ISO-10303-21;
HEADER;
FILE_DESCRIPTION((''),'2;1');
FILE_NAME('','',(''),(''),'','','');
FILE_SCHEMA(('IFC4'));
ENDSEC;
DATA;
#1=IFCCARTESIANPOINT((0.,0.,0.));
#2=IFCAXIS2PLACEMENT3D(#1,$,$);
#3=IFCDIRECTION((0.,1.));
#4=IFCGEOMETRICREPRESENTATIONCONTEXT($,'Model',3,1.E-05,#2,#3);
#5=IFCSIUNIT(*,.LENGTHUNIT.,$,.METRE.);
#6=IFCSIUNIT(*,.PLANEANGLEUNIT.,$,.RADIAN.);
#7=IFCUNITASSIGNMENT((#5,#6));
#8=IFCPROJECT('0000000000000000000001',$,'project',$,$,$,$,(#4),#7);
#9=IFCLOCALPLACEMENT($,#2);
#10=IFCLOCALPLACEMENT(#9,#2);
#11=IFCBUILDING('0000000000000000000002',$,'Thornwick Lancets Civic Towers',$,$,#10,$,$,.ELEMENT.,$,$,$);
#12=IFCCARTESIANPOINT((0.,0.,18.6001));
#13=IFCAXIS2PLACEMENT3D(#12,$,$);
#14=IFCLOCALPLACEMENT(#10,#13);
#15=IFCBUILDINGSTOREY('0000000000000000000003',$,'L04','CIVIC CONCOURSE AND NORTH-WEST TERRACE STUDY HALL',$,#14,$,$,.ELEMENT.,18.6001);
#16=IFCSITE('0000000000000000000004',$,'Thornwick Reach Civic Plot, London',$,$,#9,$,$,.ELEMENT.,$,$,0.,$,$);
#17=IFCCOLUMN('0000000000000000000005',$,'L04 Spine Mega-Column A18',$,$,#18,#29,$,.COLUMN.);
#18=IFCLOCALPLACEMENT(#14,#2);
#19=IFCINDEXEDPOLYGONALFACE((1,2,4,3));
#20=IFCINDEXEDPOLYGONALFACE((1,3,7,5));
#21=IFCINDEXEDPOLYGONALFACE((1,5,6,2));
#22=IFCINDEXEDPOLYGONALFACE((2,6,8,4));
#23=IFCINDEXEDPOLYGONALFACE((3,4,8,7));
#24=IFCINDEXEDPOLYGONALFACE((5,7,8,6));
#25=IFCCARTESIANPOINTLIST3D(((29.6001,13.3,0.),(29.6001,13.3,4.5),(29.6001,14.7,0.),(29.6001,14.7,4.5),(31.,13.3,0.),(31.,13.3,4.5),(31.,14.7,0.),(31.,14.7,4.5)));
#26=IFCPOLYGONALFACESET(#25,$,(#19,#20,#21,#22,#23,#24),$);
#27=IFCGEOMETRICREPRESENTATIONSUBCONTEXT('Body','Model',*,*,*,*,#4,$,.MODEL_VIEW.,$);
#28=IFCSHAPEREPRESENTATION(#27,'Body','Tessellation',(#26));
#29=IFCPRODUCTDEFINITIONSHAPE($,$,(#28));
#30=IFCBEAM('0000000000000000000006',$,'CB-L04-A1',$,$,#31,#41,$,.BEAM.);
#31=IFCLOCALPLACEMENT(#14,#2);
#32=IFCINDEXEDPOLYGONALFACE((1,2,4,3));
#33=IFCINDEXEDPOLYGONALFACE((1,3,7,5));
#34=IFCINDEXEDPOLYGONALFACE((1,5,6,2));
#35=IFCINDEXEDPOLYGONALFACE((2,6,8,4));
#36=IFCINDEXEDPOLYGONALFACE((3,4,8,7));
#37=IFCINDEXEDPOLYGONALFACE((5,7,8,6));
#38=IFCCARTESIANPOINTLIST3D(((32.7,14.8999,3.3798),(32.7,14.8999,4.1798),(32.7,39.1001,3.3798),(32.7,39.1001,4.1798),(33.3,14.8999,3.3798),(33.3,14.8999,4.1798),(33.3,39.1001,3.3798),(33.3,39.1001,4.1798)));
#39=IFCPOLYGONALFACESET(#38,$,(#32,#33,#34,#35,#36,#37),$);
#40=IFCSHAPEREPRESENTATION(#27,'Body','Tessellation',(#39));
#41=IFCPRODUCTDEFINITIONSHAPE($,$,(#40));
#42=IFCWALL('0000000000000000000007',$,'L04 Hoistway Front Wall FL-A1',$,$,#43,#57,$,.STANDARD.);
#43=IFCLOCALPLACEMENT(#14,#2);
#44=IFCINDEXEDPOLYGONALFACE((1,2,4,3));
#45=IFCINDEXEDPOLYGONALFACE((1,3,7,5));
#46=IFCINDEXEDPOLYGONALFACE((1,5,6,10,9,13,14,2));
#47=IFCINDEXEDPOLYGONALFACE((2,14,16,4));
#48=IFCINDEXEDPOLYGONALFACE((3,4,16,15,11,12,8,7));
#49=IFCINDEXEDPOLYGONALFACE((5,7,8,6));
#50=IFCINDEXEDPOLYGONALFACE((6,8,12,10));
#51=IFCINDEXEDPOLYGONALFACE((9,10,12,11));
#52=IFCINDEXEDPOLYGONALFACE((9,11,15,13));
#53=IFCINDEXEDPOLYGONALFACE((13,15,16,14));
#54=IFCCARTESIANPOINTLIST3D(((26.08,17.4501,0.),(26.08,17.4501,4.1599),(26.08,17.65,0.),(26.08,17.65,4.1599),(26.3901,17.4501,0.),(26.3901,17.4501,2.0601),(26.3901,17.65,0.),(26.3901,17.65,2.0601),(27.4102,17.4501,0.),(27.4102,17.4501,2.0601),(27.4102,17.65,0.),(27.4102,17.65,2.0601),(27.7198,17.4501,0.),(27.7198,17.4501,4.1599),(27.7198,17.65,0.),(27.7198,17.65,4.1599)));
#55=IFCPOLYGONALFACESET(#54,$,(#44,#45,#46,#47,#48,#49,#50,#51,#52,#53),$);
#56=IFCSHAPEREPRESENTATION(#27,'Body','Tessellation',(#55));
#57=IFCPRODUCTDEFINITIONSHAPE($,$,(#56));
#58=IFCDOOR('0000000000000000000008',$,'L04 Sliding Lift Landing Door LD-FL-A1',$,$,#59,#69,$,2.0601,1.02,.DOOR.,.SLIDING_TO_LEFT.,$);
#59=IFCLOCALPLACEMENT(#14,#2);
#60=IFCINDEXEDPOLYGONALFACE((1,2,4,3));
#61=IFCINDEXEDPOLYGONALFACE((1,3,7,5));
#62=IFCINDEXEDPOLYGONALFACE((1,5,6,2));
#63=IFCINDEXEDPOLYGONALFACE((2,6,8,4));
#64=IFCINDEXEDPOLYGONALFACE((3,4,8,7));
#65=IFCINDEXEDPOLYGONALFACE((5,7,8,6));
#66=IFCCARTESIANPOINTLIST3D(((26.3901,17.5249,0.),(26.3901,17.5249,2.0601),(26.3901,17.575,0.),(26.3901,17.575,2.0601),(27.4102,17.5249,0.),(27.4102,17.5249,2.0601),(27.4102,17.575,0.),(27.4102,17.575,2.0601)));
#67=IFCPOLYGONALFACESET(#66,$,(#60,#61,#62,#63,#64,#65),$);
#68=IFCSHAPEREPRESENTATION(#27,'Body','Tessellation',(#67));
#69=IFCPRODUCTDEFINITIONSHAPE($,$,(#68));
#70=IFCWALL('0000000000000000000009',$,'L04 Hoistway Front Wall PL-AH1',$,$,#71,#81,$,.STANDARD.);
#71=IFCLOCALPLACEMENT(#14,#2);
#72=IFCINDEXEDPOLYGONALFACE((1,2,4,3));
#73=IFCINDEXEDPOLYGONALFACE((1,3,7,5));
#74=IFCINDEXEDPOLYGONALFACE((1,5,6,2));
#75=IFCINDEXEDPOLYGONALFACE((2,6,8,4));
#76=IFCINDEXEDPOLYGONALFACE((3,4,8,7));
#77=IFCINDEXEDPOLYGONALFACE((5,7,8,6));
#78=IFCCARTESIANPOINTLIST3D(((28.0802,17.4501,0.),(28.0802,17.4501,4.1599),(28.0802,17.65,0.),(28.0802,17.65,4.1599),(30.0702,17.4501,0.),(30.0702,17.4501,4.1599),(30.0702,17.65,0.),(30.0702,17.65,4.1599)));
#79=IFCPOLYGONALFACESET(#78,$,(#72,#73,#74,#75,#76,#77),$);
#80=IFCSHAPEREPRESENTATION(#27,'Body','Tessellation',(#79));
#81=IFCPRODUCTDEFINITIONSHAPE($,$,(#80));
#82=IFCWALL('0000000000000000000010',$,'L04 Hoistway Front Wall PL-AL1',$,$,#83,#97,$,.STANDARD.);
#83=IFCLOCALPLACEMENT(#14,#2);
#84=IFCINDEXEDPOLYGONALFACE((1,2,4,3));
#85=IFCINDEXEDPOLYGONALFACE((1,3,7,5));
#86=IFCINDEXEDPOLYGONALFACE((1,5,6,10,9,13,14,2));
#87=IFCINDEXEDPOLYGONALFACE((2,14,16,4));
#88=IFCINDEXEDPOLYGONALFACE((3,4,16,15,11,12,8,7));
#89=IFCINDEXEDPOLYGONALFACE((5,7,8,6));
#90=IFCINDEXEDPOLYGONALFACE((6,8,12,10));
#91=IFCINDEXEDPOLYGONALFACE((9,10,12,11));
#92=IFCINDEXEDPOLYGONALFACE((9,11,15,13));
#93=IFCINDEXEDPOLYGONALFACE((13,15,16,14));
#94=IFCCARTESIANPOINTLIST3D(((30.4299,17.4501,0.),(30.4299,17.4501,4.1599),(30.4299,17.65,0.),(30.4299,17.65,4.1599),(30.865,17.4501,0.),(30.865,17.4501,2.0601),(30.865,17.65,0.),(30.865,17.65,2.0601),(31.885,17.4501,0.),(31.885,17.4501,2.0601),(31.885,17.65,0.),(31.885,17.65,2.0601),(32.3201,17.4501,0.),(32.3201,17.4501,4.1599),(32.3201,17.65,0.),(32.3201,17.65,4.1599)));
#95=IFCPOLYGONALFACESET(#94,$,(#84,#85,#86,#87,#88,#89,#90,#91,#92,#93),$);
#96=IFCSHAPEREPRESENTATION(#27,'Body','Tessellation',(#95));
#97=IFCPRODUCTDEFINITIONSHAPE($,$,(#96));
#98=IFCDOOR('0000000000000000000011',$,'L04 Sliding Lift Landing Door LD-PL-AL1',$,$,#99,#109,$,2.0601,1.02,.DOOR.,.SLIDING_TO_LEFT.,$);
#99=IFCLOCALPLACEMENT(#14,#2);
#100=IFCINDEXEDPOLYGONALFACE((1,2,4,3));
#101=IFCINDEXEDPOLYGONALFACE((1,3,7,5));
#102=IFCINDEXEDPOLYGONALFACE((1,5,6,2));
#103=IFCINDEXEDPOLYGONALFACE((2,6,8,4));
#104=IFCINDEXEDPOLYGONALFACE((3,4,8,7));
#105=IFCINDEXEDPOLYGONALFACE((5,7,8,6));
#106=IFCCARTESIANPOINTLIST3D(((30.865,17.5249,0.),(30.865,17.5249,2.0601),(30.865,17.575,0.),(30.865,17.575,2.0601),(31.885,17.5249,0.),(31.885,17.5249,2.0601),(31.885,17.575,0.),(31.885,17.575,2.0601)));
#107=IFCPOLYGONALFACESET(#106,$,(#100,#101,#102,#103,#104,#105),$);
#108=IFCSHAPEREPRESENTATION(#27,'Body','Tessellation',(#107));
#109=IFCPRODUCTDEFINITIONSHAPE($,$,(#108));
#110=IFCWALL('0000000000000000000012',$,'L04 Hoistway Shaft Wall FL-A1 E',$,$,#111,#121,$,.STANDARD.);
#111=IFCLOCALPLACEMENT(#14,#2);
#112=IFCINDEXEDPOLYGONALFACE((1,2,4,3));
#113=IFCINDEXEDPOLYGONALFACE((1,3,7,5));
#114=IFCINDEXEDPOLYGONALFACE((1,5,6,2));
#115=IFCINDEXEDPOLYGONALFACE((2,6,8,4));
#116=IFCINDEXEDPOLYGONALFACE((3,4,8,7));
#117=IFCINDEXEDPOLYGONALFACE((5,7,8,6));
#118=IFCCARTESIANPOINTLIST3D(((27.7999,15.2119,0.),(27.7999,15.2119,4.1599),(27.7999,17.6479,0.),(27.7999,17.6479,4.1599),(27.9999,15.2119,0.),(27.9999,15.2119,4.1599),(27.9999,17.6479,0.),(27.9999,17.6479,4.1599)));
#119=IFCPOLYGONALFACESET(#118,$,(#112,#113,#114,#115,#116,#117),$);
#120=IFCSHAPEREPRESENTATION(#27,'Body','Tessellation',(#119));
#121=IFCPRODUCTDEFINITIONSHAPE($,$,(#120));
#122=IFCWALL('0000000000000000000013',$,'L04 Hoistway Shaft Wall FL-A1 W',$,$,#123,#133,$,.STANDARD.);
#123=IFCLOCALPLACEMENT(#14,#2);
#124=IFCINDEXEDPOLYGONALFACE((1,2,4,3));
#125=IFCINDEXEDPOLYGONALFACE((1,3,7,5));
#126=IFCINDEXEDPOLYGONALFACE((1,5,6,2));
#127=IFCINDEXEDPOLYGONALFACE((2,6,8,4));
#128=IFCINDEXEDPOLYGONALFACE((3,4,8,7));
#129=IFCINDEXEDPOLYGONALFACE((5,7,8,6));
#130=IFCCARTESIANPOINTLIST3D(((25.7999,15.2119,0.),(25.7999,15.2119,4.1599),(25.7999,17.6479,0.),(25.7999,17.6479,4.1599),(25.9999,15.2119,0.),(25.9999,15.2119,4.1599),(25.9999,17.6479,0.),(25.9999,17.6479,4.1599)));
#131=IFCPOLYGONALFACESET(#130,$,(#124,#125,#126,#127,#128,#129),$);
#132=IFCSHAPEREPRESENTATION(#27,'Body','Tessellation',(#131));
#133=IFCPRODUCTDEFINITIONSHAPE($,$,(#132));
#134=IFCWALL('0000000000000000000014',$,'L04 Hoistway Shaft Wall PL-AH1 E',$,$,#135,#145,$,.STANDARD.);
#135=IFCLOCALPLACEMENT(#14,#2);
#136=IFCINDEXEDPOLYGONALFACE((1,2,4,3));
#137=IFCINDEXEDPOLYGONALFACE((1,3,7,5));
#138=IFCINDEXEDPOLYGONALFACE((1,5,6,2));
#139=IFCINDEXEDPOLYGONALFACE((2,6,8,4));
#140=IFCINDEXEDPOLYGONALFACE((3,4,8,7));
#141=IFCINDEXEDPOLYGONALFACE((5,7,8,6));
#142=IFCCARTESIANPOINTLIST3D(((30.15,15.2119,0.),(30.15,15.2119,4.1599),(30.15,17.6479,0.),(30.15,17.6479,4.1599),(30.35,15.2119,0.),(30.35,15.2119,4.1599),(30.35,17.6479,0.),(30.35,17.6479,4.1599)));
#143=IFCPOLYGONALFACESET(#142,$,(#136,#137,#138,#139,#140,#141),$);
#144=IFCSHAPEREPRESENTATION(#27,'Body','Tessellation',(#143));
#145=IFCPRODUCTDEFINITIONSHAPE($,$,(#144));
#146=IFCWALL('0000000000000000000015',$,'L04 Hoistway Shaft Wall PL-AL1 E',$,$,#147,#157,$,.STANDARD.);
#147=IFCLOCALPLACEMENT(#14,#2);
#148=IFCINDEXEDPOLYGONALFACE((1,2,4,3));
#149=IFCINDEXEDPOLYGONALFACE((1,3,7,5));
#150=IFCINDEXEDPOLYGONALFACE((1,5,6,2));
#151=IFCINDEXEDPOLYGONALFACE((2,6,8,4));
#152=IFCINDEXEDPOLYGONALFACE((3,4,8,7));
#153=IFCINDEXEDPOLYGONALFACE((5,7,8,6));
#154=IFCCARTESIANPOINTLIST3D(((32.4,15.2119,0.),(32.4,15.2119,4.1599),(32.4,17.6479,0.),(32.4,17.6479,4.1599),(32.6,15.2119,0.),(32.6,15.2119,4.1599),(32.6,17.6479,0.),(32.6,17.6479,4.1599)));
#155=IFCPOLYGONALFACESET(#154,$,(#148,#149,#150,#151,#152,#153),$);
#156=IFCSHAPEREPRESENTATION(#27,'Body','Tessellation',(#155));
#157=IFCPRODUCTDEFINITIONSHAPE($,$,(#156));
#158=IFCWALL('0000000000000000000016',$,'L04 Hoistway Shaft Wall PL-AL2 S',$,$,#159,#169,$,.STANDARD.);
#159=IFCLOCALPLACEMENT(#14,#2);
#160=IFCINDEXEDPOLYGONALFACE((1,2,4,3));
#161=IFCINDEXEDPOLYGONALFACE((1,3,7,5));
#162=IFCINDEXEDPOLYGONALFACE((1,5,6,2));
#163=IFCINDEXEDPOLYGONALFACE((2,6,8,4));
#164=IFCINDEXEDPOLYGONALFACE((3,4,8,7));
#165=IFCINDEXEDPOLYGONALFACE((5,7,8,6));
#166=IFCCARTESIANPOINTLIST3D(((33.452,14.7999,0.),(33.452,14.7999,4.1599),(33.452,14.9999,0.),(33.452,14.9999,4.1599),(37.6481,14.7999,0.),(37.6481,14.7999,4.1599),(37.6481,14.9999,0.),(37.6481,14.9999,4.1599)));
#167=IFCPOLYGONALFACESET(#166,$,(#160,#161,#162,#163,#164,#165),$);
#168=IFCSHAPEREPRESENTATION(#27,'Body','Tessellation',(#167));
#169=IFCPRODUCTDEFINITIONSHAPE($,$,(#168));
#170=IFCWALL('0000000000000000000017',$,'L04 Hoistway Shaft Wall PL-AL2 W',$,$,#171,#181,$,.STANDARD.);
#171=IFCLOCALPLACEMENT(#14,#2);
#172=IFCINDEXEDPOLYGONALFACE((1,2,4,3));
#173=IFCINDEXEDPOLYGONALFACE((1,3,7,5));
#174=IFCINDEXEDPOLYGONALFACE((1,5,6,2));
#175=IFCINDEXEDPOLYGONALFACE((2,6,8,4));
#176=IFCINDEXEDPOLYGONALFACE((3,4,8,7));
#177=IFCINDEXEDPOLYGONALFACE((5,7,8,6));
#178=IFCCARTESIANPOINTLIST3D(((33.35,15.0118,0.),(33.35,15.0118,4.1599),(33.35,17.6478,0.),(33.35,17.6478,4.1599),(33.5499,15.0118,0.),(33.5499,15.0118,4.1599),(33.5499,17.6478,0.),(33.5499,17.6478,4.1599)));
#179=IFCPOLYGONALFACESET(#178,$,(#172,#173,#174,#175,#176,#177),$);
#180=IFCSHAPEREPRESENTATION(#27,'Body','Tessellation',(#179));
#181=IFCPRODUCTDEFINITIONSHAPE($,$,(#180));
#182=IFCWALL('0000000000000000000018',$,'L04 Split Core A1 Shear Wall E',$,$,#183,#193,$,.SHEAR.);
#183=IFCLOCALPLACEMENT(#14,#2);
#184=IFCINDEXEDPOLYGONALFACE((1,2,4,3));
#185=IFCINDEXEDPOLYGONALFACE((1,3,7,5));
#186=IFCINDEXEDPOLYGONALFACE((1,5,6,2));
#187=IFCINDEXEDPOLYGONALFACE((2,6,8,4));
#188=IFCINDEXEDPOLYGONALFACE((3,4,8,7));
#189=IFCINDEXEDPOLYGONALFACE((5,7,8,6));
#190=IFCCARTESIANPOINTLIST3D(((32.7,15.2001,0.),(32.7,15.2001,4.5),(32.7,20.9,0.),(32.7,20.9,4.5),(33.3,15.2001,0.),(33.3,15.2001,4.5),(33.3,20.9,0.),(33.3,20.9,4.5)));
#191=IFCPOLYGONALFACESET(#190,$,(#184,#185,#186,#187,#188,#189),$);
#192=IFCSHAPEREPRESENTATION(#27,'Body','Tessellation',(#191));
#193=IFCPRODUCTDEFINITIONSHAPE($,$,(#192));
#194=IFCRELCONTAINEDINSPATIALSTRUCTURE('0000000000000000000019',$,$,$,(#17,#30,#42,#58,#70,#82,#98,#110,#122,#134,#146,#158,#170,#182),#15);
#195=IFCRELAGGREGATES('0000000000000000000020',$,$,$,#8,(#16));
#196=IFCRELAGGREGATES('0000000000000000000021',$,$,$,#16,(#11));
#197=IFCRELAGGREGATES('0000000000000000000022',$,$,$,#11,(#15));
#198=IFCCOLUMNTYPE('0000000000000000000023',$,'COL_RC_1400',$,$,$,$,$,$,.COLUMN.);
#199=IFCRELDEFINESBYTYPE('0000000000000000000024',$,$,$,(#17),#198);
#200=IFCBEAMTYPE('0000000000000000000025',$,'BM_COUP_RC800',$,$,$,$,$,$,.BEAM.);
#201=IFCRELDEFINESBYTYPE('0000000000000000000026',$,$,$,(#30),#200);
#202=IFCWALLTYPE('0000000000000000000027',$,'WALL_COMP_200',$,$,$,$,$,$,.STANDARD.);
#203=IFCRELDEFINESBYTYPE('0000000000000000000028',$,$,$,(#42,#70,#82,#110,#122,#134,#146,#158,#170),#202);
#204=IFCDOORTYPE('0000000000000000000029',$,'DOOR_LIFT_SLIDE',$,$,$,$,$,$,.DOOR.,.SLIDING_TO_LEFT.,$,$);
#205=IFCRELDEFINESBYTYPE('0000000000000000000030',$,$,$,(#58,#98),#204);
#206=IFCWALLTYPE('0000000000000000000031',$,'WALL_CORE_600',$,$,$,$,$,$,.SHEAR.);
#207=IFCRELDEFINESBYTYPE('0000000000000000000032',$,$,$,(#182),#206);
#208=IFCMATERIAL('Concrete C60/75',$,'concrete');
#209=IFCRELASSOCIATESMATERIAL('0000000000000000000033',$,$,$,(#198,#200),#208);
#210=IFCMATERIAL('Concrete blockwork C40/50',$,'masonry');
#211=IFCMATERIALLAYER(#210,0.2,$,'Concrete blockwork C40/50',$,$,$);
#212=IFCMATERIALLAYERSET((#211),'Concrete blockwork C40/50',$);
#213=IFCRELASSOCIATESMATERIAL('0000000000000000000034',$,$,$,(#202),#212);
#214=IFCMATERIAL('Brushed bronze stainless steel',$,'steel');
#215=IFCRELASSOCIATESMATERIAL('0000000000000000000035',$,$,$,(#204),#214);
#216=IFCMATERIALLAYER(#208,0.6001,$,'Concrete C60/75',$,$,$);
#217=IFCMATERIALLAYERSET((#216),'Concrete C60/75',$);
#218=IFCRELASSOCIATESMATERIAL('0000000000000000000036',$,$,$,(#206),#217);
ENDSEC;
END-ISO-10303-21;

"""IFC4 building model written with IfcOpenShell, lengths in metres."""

from ifc_helpers import new_model, si_unit, direction, frame, frame_2d, origin, origin_2d, place, context, subcontext, project, spatial, rectangle, extrude, material, layer, layer_set, material_profile, profile_set, type_object, element, fill, save


model = new_model("IFC4")

# Units and contexts
model_context = context("Model", 3, precision=1e-05, world=origin(), true_north=direction((0.0, 1.0)))
body_context = subcontext(model_context, "Body", "Model", "MODEL_VIEW")
ifc_project = project(units=[si_unit("LENGTHUNIT", "METRE"), si_unit("PLANEANGLEUNIT", "RADIAN")], contexts=[model_context])

# Site, building, storey
site_placement = place(None, origin())
site = spatial("IfcSite", under=ifc_project, at=site_placement, Name="Thornwick Reach Civic Plot, London", CompositionType="ELEMENT", RefElevation=0.0)
building_placement = place(site_placement, origin())
building = spatial("IfcBuilding", under=site, at=building_placement, Name="Thornwick Lancets Civic Towers", CompositionType="ELEMENT")
storey_placement = place(building_placement, frame((0.0, 0.0, 18.6001)))
storey = spatial("IfcBuildingStorey", under=building, at=storey_placement, Name="L04", Description="CIVIC CONCOURSE AND NORTH-WEST TERRACE STUDY HALL", CompositionType="ELEMENT", Elevation=18.6001)

# Column
ifc_material_1 = material(Name="Concrete C60/75", Category="concrete")
ifc_material_profile_1 = material_profile(ifc_material_1, rectangle(XDim=1.3999, YDim=1.3999, at=origin_2d()), Name="RC 1400x1400")
ifc_profile_set_1 = profile_set([ifc_material_profile_1], Name="Concrete C60/75")
column_type = type_object("IfcColumnType", Name="COL_RC_1400", PredefinedType="COLUMN", material=ifc_profile_set_1)
column_placement = place(storey_placement, frame((30.3, 14.0, 0.0), z_axis=(0.0, 0.0, 1.0), x_axis=(1.0, 0.0, 0.0)))
element("IfcColumn", 1, at=column_placement, inside=storey, type_object=column_type, Name="L04 Spine Mega-Column A18", PredefinedType="COLUMN", context=body_context, shape_type="SweptSolid", body=[
    extrude(rectangle(XDim=1.3999, YDim=1.3999, at=origin_2d()), origin(), (0.0, 0.0, 1.0), 4.5),
])

# Beam
ifc_material_profile_2 = material_profile(ifc_material_1, rectangle(XDim=0.6001, YDim=0.8, at=origin_2d()), Name="RC 600x800")
ifc_profile_set_2 = profile_set([ifc_material_profile_2], Name="Concrete C60/75")
beam_type = type_object("IfcBeamType", Name="BM_COUP_RC800", PredefinedType="BEAM", material=ifc_profile_set_2)
beam_placement = place(storey_placement, frame((33.0, 14.8999, 3.7798), z_axis=(0.0, 1.0, 0.0), x_axis=(-1.0, 0.0, 0.0)))
element("IfcBeam", 2, at=beam_placement, inside=storey, type_object=beam_type, Name="CB-L04-A1", PredefinedType="BEAM", context=body_context, shape_type="SweptSolid", body=[
    extrude(rectangle(XDim=0.6001, YDim=0.8, at=origin_2d()), origin(), (0.0, 0.0, 1.0), 24.2002),
])

# Wall, opening, door
ifc_material_2 = material(Name="Concrete blockwork C40/50", Category="masonry")
ifc_layer_1 = layer(ifc_material_2, 0.2, Name="Concrete blockwork C40/50")
ifc_layer_set_1 = layer_set([ifc_layer_1], Name="Concrete blockwork C40/50")
wall_type_1 = type_object("IfcWallType", Name="WALL_COMP_200", PredefinedType="STANDARD", material=ifc_layer_set_1)
wall_1_placement = place(storey_placement, frame((26.0801, 17.55, 0.0), z_axis=(0.0, 0.0, 1.0), x_axis=(1.0, 0.0, 0.0)))
wall_1 = element("IfcWall", 3, at=wall_1_placement, inside=storey, type_object=wall_type_1, Name="L04 Hoistway Front Wall FL-A1", PredefinedType="STANDARD", context=body_context, shape_type="SweptSolid", body=[
    extrude(rectangle(XDim=1.6399, YDim=0.2, at=frame_2d((0.8198, 0.0))), origin(), (0.0, 0.0, 1.0), 4.1599),
])
opening_1_placement = place(wall_1_placement, frame((0.3101, 0.0, 0.0)))
opening_1 = element("IfcOpeningElement", 4, at=opening_1_placement, cuts=wall_1, PredefinedType="OPENING", context=body_context, shape_type="SweptSolid", body=[
    extrude(rectangle(XDim=1.02, YDim=2.0601, at=frame_2d((0.51, 1.03))), frame((0.0, 0.1099, 0.0), z_axis=(0.0, -1.0, 0.0), x_axis=(1.0, 0.0, 0.0)), (0.0, 0.0, 1.0), 0.22),
])
ifc_material_3 = material(Name="Brushed bronze stainless steel", Category="steel")
door_type = type_object("IfcDoorType", Name="DOOR_LIFT_SLIDE", OperationType="SLIDING_TO_LEFT", PredefinedType="DOOR", material=ifc_material_3)
door_1_placement = place(opening_1_placement, origin())
door_1 = element("IfcDoor", 5, at=door_1_placement, inside=storey, type_object=door_type, Name="L04 Sliding Lift Landing Door LD-FL-A1", OperationType="SLIDING_TO_LEFT", OverallHeight=2.0601, OverallWidth=1.02, PredefinedType="DOOR", context=body_context, shape_type="SweptSolid", body=[
    extrude(rectangle(XDim=1.02, YDim=2.0601, at=frame_2d((0.51, 1.03))), frame((0.0, 0.0249, 0.0), z_axis=(0.0, -1.0, 0.0), x_axis=(1.0, 0.0, 0.0)), (0.0, 0.0, 1.0), 0.05),
])
fill(opening_1, door_1)

# Wall
wall_2_placement = place(storey_placement, frame((28.0801, 17.55, 0.0), z_axis=(0.0, 0.0, 1.0), x_axis=(1.0, 0.0, 0.0)))
element("IfcWall", 6, at=wall_2_placement, inside=storey, type_object=wall_type_1, Name="L04 Hoistway Front Wall PL-AH1", PredefinedType="STANDARD", context=body_context, shape_type="SweptSolid", body=[
    extrude(rectangle(XDim=1.99, YDim=0.2, at=frame_2d((0.9951, 0.0))), origin(), (0.0, 0.0, 1.0), 4.1599),
])

# Wall, opening, door
wall_3_placement = place(storey_placement, frame((30.4299, 17.55, 0.0), z_axis=(0.0, 0.0, 1.0), x_axis=(1.0, 0.0, 0.0)))
wall_3 = element("IfcWall", 7, at=wall_3_placement, inside=storey, type_object=wall_type_1, Name="L04 Hoistway Front Wall PL-AL1", PredefinedType="STANDARD", context=body_context, shape_type="SweptSolid", body=[
    extrude(rectangle(XDim=1.8901, YDim=0.2, at=frame_2d((0.9451, 0.0))), origin(), (0.0, 0.0, 1.0), 4.1599),
])
opening_2_placement = place(wall_3_placement, frame((0.4351, 0.0, 0.0)))
opening_2 = element("IfcOpeningElement", 8, at=opening_2_placement, cuts=wall_3, PredefinedType="OPENING", context=body_context, shape_type="SweptSolid", body=[
    extrude(rectangle(XDim=1.02, YDim=2.0601, at=frame_2d((0.51, 1.03))), frame((0.0, 0.1099, 0.0), z_axis=(0.0, -1.0, 0.0), x_axis=(1.0, 0.0, 0.0)), (0.0, 0.0, 1.0), 0.22),
])
door_2_placement = place(opening_2_placement, origin())
door_2 = element("IfcDoor", 9, at=door_2_placement, inside=storey, type_object=door_type, Name="L04 Sliding Lift Landing Door LD-PL-AL1", OperationType="SLIDING_TO_LEFT", OverallHeight=2.0601, OverallWidth=1.02, PredefinedType="DOOR", context=body_context, shape_type="SweptSolid", body=[
    extrude(rectangle(XDim=1.02, YDim=2.0601, at=frame_2d((0.51, 1.03))), frame((0.0, 0.0249, 0.0), z_axis=(0.0, -1.0, 0.0), x_axis=(1.0, 0.0, 0.0)), (0.0, 0.0, 1.0), 0.05),
])
fill(opening_2, door_2)

# Walls
for number, where, z_axis, x_axis, name in (
    (10, (27.8999, 15.2119, 0.0), (0.0, 0.0, 1.0), (0.0, 1.0, 0.0), "L04 Hoistway Shaft Wall FL-A1 E"),
    (11, (25.8999, 15.2119, 0.0), (0.0, 0.0, 1.0), (0.0, 1.0, 0.0), "L04 Hoistway Shaft Wall FL-A1 W"),
    (12, (30.25, 15.2119, 0.0), (0.0, 0.0, 1.0), (0.0, 1.0, 0.0), "L04 Hoistway Shaft Wall PL-AH1 E"),
    (13, (32.5, 15.2119, 0.0), (0.0, 0.0, 1.0), (0.0, 1.0, 0.0), "L04 Hoistway Shaft Wall PL-AL1 E"),
):
    element("IfcWall", number, at=place(storey_placement, frame(where, z_axis=z_axis, x_axis=x_axis)), inside=storey, type_object=wall_type_1, Name=name, PredefinedType="STANDARD", context=body_context, shape_type="SweptSolid", body=[
        extrude(rectangle(XDim=2.436, YDim=0.2, at=frame_2d((1.218, 0.0))), origin(), (0.0, 0.0, 1.0), 4.1599),
    ])
wall_4_placement = place(storey_placement, frame((33.4519, 14.8999, 0.0), z_axis=(0.0, 0.0, 1.0), x_axis=(1.0, 0.0, 0.0)))
element("IfcWall", 14, at=wall_4_placement, inside=storey, type_object=wall_type_1, Name="L04 Hoistway Shaft Wall PL-AL2 S", PredefinedType="STANDARD", context=body_context, shape_type="SweptSolid", body=[
    extrude(rectangle(XDim=4.196, YDim=0.2, at=frame_2d((2.0981, 0.0))), origin(), (0.0, 0.0, 1.0), 4.1599),
])
wall_5_placement = place(storey_placement, frame((33.45, 15.012, 0.0), z_axis=(0.0, 0.0, 1.0), x_axis=(0.0, 1.0, 0.0)))
element("IfcWall", 15, at=wall_5_placement, inside=storey, type_object=wall_type_1, Name="L04 Hoistway Shaft Wall PL-AL2 W", PredefinedType="STANDARD", context=body_context, shape_type="SweptSolid", body=[
    extrude(rectangle(XDim=2.636, YDim=0.2, at=frame_2d((1.3179, 0.0))), origin(), (0.0, 0.0, 1.0), 4.1599),
])
ifc_layer_2 = layer(ifc_material_1, 0.6001, Name="Concrete C60/75")
ifc_layer_set_2 = layer_set([ifc_layer_2], Name="Concrete C60/75")
wall_type_2 = type_object("IfcWallType", Name="WALL_CORE_600", PredefinedType="SHEAR", material=ifc_layer_set_2)
wall_6_placement = place(storey_placement, frame((33.0, 15.2, 0.0), z_axis=(0.0, 0.0, 1.0), x_axis=(0.0, 1.0, 0.0)))
element("IfcWall", 16, at=wall_6_placement, inside=storey, type_object=wall_type_2, Name="L04 Split Core A1 Shear Wall E", PredefinedType="SHEAR", context=body_context, shape_type="SweptSolid", body=[
    extrude(rectangle(XDim=5.7, YDim=0.6001, at=frame_2d((2.8501, 0.0))), origin(), (0.0, 0.0, 1.0), 4.5),
])

save(model, "model.ifc")
